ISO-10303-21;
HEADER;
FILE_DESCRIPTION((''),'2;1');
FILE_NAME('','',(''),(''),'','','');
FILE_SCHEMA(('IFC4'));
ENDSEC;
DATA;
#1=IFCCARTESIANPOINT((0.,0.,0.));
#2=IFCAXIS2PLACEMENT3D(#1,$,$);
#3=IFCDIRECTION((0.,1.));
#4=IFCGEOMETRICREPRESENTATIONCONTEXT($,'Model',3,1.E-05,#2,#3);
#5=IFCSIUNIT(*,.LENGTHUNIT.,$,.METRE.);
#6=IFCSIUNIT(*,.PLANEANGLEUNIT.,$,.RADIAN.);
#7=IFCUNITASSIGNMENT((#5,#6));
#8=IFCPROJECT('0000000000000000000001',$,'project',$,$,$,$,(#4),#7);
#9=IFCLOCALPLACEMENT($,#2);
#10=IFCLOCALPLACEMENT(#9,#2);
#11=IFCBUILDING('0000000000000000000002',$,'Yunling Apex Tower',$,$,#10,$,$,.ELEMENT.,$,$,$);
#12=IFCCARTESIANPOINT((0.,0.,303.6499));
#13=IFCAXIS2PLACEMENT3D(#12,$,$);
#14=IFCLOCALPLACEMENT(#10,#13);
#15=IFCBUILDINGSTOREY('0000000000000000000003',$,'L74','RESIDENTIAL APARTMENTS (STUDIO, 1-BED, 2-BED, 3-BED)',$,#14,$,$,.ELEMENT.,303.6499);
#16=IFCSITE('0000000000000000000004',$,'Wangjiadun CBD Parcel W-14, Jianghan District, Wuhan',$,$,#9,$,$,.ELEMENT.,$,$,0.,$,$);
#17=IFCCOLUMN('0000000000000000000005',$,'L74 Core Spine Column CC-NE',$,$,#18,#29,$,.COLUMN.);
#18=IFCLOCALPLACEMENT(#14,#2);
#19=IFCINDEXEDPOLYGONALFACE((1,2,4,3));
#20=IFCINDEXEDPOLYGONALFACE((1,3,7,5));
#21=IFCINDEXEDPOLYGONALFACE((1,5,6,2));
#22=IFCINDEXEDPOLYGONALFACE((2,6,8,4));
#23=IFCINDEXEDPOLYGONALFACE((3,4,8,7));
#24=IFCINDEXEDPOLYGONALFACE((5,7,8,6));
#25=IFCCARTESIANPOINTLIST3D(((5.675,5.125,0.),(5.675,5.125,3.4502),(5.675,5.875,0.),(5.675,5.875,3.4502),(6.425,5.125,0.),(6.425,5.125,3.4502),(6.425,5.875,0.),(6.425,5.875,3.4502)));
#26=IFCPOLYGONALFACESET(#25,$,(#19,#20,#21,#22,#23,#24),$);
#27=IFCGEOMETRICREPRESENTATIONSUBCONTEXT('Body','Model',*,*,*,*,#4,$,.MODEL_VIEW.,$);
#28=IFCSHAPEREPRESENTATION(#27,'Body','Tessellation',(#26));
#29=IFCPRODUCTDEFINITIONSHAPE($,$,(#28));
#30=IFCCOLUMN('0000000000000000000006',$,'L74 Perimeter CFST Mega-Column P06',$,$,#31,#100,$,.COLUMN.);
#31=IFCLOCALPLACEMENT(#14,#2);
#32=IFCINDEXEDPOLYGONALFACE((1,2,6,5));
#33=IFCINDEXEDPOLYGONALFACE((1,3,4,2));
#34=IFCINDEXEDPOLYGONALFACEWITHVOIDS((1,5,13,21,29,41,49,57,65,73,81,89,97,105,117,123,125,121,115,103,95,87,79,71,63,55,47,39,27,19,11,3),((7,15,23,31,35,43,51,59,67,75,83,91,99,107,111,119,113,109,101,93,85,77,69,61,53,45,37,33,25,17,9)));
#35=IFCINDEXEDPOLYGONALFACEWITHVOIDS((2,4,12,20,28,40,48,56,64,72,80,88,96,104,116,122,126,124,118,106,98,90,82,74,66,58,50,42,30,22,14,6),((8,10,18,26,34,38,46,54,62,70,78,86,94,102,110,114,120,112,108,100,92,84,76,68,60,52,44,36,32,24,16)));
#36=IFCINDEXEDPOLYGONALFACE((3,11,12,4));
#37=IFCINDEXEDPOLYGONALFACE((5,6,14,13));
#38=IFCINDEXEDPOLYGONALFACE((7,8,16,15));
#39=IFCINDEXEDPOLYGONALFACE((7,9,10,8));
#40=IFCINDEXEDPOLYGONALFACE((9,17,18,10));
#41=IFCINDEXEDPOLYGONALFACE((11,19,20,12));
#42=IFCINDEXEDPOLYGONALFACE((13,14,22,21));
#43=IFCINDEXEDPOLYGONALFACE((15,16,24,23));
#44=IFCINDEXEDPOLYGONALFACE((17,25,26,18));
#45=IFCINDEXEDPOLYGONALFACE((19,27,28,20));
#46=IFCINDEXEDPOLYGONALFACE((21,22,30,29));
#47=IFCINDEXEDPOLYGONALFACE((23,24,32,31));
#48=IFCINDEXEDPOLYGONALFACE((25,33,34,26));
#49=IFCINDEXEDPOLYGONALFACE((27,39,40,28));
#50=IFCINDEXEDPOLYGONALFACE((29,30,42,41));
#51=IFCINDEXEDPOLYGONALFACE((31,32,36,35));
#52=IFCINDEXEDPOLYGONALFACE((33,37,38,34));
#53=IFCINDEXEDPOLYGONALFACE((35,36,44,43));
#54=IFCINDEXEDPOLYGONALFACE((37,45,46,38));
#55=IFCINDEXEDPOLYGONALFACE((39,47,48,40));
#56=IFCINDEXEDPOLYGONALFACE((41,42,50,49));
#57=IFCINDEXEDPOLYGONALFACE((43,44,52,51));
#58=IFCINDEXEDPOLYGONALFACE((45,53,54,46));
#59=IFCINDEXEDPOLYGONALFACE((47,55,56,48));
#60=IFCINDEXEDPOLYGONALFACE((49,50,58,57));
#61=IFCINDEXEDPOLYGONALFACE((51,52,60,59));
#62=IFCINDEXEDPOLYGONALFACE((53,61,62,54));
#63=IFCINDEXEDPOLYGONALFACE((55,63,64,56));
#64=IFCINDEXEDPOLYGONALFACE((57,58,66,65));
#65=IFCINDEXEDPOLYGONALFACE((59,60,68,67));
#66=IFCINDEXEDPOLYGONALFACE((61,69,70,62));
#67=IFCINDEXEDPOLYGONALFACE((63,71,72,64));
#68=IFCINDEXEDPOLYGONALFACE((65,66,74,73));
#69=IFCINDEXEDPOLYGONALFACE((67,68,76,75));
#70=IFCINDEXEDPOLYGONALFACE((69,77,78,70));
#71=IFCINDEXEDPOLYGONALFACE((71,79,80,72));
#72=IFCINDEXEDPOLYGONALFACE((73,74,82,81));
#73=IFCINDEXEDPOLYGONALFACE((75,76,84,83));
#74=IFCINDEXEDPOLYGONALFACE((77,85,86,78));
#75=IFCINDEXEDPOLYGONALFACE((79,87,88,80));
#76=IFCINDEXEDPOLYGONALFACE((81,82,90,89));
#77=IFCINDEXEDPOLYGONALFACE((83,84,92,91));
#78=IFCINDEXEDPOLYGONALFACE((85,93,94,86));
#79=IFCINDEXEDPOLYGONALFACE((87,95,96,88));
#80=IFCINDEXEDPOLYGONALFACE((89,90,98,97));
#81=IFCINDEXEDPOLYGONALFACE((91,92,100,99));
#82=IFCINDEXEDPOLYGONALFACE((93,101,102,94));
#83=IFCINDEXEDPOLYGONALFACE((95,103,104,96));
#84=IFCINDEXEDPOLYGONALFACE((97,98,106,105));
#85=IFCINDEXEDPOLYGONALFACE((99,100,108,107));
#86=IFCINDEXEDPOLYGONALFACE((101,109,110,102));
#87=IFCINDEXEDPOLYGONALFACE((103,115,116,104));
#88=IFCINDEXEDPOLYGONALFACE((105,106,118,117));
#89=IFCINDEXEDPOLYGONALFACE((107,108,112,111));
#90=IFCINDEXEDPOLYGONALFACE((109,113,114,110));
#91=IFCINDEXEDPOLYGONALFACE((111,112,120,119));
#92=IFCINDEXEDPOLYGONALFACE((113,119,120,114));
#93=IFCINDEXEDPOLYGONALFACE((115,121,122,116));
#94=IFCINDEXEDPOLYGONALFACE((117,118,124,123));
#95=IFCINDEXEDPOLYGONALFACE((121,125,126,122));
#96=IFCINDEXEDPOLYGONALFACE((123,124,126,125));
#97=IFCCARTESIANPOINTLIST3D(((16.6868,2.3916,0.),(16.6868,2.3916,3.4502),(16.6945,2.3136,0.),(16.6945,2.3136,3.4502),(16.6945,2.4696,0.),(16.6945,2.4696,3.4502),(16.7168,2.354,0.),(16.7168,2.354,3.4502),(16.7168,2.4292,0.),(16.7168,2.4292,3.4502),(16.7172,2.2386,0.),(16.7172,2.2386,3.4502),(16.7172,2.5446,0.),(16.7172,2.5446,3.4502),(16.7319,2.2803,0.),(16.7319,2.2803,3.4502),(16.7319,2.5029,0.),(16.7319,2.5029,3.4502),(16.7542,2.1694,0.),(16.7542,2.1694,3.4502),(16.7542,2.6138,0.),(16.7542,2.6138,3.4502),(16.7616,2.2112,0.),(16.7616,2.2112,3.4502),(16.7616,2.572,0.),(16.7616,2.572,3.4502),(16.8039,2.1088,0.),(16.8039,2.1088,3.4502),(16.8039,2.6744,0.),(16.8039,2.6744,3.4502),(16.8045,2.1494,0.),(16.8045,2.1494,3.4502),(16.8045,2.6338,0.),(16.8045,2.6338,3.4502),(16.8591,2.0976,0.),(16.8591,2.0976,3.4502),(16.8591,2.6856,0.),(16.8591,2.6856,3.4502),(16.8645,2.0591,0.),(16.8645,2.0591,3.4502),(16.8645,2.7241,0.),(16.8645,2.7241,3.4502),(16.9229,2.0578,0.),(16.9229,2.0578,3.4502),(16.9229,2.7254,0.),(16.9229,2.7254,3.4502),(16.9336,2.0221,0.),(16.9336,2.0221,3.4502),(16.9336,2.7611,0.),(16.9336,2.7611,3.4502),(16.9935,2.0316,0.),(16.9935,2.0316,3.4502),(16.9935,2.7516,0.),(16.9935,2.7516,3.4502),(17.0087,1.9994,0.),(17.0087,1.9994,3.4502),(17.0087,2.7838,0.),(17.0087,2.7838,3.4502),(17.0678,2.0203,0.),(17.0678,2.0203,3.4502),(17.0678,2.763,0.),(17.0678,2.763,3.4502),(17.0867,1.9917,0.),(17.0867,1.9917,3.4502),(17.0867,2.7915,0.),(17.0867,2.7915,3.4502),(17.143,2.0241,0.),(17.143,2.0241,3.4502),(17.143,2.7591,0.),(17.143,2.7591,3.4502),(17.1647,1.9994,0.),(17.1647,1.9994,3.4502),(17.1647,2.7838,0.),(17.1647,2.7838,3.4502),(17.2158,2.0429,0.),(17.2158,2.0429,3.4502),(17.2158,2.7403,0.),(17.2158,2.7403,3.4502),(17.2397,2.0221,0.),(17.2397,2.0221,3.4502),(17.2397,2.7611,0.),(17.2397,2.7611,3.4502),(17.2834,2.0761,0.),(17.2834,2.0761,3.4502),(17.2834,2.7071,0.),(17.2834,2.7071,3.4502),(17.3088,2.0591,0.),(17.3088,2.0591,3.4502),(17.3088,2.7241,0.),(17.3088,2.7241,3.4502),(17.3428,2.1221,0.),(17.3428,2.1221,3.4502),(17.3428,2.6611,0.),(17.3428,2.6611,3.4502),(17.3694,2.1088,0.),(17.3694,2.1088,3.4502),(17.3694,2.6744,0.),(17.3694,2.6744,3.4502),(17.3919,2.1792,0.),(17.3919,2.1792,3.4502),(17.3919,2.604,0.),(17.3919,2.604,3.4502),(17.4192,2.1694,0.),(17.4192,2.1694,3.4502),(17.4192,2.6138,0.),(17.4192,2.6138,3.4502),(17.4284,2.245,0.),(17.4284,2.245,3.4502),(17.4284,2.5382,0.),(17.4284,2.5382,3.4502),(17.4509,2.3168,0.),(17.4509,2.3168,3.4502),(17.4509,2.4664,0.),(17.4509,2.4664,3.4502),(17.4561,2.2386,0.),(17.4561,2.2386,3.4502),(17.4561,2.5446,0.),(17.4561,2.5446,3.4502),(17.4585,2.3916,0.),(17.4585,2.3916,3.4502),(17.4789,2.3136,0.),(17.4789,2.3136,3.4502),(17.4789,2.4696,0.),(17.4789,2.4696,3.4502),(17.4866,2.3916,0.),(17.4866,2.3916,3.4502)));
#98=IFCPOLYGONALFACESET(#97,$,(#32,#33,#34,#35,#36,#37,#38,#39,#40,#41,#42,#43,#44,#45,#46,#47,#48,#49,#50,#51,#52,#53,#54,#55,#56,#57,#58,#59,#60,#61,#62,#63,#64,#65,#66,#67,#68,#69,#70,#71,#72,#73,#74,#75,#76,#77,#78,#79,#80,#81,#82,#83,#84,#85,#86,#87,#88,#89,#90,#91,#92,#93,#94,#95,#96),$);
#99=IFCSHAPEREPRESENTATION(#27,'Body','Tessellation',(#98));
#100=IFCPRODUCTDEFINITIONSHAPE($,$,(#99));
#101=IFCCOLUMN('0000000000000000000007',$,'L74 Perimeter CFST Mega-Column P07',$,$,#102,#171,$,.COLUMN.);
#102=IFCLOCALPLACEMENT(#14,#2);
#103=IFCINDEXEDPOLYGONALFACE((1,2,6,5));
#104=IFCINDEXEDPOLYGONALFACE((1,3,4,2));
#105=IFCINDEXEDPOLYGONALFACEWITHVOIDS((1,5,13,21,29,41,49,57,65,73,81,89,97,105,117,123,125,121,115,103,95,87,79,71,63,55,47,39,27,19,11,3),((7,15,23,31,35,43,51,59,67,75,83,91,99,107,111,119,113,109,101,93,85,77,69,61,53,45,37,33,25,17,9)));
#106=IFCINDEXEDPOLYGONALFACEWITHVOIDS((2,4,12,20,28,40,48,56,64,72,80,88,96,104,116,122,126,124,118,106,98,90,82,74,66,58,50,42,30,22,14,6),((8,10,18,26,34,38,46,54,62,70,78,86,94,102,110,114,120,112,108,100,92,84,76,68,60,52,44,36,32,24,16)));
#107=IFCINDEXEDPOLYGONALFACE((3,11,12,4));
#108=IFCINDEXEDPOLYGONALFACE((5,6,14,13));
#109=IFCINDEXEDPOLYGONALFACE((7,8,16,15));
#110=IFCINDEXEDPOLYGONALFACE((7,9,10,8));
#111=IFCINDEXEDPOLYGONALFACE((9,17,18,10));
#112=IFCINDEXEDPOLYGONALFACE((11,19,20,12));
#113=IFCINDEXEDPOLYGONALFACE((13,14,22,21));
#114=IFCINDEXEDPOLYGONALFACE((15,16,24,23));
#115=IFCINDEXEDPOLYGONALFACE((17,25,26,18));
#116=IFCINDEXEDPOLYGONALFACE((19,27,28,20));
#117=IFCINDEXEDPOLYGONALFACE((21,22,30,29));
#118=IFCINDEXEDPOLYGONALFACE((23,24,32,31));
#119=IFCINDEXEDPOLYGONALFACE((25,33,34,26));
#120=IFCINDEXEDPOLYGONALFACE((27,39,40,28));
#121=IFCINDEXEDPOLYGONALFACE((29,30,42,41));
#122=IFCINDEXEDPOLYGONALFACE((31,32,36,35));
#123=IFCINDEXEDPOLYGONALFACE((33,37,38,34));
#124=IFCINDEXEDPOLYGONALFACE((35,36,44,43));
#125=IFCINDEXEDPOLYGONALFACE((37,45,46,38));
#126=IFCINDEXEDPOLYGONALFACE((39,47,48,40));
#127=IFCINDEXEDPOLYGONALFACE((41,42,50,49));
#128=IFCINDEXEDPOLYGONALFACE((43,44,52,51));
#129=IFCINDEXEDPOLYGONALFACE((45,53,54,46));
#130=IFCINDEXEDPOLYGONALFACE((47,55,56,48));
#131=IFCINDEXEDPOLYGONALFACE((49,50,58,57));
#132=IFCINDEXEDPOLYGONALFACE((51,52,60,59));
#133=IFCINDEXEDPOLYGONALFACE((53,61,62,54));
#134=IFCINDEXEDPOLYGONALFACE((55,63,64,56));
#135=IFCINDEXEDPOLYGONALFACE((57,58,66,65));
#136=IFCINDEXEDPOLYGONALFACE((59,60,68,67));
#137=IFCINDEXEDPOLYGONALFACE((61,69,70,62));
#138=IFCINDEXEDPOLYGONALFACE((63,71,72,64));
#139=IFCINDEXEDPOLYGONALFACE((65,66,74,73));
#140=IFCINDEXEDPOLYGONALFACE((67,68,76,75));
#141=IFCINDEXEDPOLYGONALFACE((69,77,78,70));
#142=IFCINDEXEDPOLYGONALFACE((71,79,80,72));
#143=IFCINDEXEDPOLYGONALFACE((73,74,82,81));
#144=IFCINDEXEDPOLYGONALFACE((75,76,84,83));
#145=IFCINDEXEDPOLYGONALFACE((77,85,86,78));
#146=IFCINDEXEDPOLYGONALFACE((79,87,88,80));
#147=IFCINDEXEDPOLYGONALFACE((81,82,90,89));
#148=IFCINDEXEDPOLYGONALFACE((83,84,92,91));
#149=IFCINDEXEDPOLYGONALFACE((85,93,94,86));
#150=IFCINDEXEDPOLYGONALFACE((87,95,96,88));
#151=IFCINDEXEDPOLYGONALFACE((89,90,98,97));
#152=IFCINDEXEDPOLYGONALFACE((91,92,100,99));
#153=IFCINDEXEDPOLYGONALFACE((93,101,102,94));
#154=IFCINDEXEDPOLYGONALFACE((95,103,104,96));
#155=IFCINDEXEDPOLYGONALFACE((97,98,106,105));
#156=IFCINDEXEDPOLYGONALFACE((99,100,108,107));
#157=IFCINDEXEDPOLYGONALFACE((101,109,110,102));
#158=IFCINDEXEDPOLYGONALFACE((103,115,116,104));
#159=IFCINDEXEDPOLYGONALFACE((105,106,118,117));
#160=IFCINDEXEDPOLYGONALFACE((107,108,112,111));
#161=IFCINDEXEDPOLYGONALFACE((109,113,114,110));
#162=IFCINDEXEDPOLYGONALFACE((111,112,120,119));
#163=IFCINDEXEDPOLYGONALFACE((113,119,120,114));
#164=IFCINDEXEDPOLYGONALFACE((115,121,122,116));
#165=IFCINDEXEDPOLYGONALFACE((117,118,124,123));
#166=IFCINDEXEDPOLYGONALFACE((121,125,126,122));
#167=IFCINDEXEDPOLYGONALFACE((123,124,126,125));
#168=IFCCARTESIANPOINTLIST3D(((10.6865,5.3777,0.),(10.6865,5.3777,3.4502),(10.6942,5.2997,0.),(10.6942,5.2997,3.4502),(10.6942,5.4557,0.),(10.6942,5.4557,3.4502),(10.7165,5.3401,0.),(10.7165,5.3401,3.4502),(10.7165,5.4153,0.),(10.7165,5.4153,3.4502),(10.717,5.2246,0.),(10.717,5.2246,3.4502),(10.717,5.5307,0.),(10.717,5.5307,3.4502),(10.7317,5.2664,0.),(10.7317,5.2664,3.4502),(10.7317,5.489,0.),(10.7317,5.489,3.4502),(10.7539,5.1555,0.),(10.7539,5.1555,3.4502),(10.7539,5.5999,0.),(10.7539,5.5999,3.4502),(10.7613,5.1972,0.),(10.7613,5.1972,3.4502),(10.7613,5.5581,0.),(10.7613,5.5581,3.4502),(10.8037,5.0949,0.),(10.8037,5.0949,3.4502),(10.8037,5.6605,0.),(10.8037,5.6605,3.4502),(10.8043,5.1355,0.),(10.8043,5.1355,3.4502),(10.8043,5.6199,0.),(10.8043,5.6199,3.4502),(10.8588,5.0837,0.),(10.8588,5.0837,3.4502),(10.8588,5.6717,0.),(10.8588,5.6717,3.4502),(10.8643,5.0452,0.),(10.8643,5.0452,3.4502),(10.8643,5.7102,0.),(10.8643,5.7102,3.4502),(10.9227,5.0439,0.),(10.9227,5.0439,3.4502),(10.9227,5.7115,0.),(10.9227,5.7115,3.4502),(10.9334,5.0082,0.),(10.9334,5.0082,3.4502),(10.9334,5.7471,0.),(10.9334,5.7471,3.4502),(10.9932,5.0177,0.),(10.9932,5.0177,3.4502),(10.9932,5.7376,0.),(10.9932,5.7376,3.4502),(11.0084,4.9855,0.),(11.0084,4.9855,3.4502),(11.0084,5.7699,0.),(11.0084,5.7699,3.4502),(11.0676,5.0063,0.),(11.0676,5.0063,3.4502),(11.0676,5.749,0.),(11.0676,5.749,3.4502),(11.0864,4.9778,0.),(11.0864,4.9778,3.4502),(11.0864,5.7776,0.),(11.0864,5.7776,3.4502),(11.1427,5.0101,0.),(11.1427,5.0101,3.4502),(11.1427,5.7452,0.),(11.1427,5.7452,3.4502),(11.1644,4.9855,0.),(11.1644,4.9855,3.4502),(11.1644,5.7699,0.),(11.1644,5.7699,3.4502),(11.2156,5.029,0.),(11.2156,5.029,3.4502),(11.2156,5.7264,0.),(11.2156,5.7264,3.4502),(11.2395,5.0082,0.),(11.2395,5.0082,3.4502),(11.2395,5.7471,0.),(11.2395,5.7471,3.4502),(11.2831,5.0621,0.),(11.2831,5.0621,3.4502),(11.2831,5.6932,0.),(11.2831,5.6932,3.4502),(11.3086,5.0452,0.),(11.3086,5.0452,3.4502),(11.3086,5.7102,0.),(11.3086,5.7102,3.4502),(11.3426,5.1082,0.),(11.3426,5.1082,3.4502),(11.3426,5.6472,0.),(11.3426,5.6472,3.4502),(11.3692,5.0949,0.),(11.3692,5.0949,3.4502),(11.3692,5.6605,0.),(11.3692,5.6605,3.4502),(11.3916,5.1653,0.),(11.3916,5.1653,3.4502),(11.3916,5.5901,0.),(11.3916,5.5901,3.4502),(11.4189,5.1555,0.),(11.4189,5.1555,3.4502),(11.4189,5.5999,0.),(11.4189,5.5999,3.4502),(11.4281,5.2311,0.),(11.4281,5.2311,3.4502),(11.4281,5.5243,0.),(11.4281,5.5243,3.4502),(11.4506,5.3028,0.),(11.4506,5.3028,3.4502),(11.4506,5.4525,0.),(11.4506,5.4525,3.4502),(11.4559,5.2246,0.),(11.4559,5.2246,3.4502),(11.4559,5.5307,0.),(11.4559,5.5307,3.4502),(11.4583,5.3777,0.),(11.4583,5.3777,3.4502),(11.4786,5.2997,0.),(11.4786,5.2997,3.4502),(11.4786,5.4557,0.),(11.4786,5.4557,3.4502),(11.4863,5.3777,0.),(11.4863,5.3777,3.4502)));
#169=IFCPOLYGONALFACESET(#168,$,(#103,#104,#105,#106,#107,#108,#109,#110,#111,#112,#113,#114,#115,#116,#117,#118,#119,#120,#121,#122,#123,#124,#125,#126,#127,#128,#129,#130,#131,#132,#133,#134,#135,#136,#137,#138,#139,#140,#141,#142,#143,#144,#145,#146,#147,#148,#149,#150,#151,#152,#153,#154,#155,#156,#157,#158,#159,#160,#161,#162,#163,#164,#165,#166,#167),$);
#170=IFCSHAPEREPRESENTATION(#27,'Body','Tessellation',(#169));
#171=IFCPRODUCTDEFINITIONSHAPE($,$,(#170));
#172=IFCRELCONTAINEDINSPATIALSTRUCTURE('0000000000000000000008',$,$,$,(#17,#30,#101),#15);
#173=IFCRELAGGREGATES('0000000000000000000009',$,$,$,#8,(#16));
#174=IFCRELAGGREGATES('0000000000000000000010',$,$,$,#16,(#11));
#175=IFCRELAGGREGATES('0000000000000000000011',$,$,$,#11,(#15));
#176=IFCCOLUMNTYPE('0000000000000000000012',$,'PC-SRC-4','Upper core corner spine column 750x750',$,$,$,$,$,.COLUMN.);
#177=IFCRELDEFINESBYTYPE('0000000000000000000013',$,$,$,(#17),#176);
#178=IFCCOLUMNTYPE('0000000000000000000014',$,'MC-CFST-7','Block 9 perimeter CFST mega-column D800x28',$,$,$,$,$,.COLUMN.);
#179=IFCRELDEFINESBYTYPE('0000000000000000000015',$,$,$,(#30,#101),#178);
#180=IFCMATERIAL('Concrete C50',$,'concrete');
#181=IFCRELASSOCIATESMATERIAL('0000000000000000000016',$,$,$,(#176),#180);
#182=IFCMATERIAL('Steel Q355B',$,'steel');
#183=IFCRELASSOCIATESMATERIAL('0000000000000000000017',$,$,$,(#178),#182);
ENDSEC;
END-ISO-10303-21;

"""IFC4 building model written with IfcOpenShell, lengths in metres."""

from ifc_helpers import new_model, si_unit, direction, frame, origin, origin_2d, place, context, subcontext, project, spatial, rectangle, hollow_circle, extrude, source, transform, mapped, material, material_profile, profile_set, type_object, element, save


model = new_model("IFC4")

# Units and contexts
model_context = context("Model", 3, precision=1e-05, world=origin(), true_north=direction((0.0, 1.0)))
body_context = subcontext(model_context, "Body", "Model", "MODEL_VIEW")
ifc_project = project(units=[si_unit("LENGTHUNIT", "METRE"), si_unit("PLANEANGLEUNIT", "RADIAN")], contexts=[model_context])

# Site, building, storey
site_placement = place(None, origin())
site = spatial("IfcSite", under=ifc_project, at=site_placement, Name="Wangjiadun CBD Parcel W-14, Jianghan District, Wuhan", CompositionType="ELEMENT", RefElevation=0.0)
building_placement = place(site_placement, origin())
building = spatial("IfcBuilding", under=site, at=building_placement, Name="Yunling Apex Tower", CompositionType="ELEMENT")
storey_placement = place(building_placement, frame((0.0, 0.0, 303.6499)))
storey = spatial("IfcBuildingStorey", under=building, at=storey_placement, Name="L74", Description="RESIDENTIAL APARTMENTS (STUDIO, 1-BED, 2-BED, 3-BED)", CompositionType="ELEMENT", Elevation=303.6499)

# Columns
ifc_material_1 = material(Name="Concrete C50", Category="concrete")
ifc_material_profile_1 = material_profile(ifc_material_1, rectangle(XDim=0.75, YDim=0.75, at=origin_2d()))
ifc_profile_set_1 = profile_set([ifc_material_profile_1], Name="Concrete C50")
column_type_1 = type_object("IfcColumnType", Name="PC-SRC-4", Description="Upper core corner spine column 750x750", PredefinedType="COLUMN", material=ifc_profile_set_1)
shared_shape_1 = source(origin(), body_context, "Body", "SweptSolid", [
    extrude(rectangle(XDim=0.75, YDim=0.75, at=origin_2d()), origin(), (0.0, 0.0, 1.0), 3.4502),
])
column_placement = place(storey_placement, frame((6.05, 5.5, 0.0), z_axis=(0.0, 0.0, 1.0), x_axis=(1.0, 0.0, 0.0)))
element("IfcColumn", 1, at=column_placement, inside=storey, type_object=column_type_1, Name="L74 Core Spine Column CC-NE", PredefinedType="COLUMN", context=body_context, shape_type="MappedRepresentation", body=[
    mapped(shared_shape_1, transform((0.0, 0.0, 0.0), scale=1.0)),
])
ifc_material_2 = material(Name="Steel Q355B", Category="steel")
ifc_material_profile_2 = material_profile(ifc_material_2, hollow_circle(Radius=0.3999, WallThickness=0.0281, at=origin_2d()))
ifc_profile_set_2 = profile_set([ifc_material_profile_2], Name="Steel Q355B")
column_type_2 = type_object("IfcColumnType", Name="MC-CFST-7", Description="Block 9 perimeter CFST mega-column D800x28", PredefinedType="COLUMN", material=ifc_profile_set_2)
shared_shape_2 = source(origin(), body_context, "Body", "SweptSolid", [
    extrude(hollow_circle(Radius=0.3999, WallThickness=0.0281, at=origin_2d()), origin(), (0.0, 0.0, 1.0), 3.4502),
])
for number, where, z_axis, x_axis, name in (
    (2, (17.0867, 2.3916, 0.0), (0.0, 0.0, 1.0), (1.0, 0.0, 0.0), "L74 Perimeter CFST Mega-Column P06"),
    (3, (11.0864, 5.3777, 0.0), (0.0, 0.0, 1.0), (1.0, 0.0, 0.0), "L74 Perimeter CFST Mega-Column P07"),
):
    element("IfcColumn", number, at=place(storey_placement, frame(where, z_axis=z_axis, x_axis=x_axis)), inside=storey, type_object=column_type_2, Name=name, PredefinedType="COLUMN", context=body_context, shape_type="MappedRepresentation", body=[
        mapped(shared_shape_2, transform((0.0, 0.0, 0.0), scale=1.0)),
    ])

save(model, "model.ifc")
